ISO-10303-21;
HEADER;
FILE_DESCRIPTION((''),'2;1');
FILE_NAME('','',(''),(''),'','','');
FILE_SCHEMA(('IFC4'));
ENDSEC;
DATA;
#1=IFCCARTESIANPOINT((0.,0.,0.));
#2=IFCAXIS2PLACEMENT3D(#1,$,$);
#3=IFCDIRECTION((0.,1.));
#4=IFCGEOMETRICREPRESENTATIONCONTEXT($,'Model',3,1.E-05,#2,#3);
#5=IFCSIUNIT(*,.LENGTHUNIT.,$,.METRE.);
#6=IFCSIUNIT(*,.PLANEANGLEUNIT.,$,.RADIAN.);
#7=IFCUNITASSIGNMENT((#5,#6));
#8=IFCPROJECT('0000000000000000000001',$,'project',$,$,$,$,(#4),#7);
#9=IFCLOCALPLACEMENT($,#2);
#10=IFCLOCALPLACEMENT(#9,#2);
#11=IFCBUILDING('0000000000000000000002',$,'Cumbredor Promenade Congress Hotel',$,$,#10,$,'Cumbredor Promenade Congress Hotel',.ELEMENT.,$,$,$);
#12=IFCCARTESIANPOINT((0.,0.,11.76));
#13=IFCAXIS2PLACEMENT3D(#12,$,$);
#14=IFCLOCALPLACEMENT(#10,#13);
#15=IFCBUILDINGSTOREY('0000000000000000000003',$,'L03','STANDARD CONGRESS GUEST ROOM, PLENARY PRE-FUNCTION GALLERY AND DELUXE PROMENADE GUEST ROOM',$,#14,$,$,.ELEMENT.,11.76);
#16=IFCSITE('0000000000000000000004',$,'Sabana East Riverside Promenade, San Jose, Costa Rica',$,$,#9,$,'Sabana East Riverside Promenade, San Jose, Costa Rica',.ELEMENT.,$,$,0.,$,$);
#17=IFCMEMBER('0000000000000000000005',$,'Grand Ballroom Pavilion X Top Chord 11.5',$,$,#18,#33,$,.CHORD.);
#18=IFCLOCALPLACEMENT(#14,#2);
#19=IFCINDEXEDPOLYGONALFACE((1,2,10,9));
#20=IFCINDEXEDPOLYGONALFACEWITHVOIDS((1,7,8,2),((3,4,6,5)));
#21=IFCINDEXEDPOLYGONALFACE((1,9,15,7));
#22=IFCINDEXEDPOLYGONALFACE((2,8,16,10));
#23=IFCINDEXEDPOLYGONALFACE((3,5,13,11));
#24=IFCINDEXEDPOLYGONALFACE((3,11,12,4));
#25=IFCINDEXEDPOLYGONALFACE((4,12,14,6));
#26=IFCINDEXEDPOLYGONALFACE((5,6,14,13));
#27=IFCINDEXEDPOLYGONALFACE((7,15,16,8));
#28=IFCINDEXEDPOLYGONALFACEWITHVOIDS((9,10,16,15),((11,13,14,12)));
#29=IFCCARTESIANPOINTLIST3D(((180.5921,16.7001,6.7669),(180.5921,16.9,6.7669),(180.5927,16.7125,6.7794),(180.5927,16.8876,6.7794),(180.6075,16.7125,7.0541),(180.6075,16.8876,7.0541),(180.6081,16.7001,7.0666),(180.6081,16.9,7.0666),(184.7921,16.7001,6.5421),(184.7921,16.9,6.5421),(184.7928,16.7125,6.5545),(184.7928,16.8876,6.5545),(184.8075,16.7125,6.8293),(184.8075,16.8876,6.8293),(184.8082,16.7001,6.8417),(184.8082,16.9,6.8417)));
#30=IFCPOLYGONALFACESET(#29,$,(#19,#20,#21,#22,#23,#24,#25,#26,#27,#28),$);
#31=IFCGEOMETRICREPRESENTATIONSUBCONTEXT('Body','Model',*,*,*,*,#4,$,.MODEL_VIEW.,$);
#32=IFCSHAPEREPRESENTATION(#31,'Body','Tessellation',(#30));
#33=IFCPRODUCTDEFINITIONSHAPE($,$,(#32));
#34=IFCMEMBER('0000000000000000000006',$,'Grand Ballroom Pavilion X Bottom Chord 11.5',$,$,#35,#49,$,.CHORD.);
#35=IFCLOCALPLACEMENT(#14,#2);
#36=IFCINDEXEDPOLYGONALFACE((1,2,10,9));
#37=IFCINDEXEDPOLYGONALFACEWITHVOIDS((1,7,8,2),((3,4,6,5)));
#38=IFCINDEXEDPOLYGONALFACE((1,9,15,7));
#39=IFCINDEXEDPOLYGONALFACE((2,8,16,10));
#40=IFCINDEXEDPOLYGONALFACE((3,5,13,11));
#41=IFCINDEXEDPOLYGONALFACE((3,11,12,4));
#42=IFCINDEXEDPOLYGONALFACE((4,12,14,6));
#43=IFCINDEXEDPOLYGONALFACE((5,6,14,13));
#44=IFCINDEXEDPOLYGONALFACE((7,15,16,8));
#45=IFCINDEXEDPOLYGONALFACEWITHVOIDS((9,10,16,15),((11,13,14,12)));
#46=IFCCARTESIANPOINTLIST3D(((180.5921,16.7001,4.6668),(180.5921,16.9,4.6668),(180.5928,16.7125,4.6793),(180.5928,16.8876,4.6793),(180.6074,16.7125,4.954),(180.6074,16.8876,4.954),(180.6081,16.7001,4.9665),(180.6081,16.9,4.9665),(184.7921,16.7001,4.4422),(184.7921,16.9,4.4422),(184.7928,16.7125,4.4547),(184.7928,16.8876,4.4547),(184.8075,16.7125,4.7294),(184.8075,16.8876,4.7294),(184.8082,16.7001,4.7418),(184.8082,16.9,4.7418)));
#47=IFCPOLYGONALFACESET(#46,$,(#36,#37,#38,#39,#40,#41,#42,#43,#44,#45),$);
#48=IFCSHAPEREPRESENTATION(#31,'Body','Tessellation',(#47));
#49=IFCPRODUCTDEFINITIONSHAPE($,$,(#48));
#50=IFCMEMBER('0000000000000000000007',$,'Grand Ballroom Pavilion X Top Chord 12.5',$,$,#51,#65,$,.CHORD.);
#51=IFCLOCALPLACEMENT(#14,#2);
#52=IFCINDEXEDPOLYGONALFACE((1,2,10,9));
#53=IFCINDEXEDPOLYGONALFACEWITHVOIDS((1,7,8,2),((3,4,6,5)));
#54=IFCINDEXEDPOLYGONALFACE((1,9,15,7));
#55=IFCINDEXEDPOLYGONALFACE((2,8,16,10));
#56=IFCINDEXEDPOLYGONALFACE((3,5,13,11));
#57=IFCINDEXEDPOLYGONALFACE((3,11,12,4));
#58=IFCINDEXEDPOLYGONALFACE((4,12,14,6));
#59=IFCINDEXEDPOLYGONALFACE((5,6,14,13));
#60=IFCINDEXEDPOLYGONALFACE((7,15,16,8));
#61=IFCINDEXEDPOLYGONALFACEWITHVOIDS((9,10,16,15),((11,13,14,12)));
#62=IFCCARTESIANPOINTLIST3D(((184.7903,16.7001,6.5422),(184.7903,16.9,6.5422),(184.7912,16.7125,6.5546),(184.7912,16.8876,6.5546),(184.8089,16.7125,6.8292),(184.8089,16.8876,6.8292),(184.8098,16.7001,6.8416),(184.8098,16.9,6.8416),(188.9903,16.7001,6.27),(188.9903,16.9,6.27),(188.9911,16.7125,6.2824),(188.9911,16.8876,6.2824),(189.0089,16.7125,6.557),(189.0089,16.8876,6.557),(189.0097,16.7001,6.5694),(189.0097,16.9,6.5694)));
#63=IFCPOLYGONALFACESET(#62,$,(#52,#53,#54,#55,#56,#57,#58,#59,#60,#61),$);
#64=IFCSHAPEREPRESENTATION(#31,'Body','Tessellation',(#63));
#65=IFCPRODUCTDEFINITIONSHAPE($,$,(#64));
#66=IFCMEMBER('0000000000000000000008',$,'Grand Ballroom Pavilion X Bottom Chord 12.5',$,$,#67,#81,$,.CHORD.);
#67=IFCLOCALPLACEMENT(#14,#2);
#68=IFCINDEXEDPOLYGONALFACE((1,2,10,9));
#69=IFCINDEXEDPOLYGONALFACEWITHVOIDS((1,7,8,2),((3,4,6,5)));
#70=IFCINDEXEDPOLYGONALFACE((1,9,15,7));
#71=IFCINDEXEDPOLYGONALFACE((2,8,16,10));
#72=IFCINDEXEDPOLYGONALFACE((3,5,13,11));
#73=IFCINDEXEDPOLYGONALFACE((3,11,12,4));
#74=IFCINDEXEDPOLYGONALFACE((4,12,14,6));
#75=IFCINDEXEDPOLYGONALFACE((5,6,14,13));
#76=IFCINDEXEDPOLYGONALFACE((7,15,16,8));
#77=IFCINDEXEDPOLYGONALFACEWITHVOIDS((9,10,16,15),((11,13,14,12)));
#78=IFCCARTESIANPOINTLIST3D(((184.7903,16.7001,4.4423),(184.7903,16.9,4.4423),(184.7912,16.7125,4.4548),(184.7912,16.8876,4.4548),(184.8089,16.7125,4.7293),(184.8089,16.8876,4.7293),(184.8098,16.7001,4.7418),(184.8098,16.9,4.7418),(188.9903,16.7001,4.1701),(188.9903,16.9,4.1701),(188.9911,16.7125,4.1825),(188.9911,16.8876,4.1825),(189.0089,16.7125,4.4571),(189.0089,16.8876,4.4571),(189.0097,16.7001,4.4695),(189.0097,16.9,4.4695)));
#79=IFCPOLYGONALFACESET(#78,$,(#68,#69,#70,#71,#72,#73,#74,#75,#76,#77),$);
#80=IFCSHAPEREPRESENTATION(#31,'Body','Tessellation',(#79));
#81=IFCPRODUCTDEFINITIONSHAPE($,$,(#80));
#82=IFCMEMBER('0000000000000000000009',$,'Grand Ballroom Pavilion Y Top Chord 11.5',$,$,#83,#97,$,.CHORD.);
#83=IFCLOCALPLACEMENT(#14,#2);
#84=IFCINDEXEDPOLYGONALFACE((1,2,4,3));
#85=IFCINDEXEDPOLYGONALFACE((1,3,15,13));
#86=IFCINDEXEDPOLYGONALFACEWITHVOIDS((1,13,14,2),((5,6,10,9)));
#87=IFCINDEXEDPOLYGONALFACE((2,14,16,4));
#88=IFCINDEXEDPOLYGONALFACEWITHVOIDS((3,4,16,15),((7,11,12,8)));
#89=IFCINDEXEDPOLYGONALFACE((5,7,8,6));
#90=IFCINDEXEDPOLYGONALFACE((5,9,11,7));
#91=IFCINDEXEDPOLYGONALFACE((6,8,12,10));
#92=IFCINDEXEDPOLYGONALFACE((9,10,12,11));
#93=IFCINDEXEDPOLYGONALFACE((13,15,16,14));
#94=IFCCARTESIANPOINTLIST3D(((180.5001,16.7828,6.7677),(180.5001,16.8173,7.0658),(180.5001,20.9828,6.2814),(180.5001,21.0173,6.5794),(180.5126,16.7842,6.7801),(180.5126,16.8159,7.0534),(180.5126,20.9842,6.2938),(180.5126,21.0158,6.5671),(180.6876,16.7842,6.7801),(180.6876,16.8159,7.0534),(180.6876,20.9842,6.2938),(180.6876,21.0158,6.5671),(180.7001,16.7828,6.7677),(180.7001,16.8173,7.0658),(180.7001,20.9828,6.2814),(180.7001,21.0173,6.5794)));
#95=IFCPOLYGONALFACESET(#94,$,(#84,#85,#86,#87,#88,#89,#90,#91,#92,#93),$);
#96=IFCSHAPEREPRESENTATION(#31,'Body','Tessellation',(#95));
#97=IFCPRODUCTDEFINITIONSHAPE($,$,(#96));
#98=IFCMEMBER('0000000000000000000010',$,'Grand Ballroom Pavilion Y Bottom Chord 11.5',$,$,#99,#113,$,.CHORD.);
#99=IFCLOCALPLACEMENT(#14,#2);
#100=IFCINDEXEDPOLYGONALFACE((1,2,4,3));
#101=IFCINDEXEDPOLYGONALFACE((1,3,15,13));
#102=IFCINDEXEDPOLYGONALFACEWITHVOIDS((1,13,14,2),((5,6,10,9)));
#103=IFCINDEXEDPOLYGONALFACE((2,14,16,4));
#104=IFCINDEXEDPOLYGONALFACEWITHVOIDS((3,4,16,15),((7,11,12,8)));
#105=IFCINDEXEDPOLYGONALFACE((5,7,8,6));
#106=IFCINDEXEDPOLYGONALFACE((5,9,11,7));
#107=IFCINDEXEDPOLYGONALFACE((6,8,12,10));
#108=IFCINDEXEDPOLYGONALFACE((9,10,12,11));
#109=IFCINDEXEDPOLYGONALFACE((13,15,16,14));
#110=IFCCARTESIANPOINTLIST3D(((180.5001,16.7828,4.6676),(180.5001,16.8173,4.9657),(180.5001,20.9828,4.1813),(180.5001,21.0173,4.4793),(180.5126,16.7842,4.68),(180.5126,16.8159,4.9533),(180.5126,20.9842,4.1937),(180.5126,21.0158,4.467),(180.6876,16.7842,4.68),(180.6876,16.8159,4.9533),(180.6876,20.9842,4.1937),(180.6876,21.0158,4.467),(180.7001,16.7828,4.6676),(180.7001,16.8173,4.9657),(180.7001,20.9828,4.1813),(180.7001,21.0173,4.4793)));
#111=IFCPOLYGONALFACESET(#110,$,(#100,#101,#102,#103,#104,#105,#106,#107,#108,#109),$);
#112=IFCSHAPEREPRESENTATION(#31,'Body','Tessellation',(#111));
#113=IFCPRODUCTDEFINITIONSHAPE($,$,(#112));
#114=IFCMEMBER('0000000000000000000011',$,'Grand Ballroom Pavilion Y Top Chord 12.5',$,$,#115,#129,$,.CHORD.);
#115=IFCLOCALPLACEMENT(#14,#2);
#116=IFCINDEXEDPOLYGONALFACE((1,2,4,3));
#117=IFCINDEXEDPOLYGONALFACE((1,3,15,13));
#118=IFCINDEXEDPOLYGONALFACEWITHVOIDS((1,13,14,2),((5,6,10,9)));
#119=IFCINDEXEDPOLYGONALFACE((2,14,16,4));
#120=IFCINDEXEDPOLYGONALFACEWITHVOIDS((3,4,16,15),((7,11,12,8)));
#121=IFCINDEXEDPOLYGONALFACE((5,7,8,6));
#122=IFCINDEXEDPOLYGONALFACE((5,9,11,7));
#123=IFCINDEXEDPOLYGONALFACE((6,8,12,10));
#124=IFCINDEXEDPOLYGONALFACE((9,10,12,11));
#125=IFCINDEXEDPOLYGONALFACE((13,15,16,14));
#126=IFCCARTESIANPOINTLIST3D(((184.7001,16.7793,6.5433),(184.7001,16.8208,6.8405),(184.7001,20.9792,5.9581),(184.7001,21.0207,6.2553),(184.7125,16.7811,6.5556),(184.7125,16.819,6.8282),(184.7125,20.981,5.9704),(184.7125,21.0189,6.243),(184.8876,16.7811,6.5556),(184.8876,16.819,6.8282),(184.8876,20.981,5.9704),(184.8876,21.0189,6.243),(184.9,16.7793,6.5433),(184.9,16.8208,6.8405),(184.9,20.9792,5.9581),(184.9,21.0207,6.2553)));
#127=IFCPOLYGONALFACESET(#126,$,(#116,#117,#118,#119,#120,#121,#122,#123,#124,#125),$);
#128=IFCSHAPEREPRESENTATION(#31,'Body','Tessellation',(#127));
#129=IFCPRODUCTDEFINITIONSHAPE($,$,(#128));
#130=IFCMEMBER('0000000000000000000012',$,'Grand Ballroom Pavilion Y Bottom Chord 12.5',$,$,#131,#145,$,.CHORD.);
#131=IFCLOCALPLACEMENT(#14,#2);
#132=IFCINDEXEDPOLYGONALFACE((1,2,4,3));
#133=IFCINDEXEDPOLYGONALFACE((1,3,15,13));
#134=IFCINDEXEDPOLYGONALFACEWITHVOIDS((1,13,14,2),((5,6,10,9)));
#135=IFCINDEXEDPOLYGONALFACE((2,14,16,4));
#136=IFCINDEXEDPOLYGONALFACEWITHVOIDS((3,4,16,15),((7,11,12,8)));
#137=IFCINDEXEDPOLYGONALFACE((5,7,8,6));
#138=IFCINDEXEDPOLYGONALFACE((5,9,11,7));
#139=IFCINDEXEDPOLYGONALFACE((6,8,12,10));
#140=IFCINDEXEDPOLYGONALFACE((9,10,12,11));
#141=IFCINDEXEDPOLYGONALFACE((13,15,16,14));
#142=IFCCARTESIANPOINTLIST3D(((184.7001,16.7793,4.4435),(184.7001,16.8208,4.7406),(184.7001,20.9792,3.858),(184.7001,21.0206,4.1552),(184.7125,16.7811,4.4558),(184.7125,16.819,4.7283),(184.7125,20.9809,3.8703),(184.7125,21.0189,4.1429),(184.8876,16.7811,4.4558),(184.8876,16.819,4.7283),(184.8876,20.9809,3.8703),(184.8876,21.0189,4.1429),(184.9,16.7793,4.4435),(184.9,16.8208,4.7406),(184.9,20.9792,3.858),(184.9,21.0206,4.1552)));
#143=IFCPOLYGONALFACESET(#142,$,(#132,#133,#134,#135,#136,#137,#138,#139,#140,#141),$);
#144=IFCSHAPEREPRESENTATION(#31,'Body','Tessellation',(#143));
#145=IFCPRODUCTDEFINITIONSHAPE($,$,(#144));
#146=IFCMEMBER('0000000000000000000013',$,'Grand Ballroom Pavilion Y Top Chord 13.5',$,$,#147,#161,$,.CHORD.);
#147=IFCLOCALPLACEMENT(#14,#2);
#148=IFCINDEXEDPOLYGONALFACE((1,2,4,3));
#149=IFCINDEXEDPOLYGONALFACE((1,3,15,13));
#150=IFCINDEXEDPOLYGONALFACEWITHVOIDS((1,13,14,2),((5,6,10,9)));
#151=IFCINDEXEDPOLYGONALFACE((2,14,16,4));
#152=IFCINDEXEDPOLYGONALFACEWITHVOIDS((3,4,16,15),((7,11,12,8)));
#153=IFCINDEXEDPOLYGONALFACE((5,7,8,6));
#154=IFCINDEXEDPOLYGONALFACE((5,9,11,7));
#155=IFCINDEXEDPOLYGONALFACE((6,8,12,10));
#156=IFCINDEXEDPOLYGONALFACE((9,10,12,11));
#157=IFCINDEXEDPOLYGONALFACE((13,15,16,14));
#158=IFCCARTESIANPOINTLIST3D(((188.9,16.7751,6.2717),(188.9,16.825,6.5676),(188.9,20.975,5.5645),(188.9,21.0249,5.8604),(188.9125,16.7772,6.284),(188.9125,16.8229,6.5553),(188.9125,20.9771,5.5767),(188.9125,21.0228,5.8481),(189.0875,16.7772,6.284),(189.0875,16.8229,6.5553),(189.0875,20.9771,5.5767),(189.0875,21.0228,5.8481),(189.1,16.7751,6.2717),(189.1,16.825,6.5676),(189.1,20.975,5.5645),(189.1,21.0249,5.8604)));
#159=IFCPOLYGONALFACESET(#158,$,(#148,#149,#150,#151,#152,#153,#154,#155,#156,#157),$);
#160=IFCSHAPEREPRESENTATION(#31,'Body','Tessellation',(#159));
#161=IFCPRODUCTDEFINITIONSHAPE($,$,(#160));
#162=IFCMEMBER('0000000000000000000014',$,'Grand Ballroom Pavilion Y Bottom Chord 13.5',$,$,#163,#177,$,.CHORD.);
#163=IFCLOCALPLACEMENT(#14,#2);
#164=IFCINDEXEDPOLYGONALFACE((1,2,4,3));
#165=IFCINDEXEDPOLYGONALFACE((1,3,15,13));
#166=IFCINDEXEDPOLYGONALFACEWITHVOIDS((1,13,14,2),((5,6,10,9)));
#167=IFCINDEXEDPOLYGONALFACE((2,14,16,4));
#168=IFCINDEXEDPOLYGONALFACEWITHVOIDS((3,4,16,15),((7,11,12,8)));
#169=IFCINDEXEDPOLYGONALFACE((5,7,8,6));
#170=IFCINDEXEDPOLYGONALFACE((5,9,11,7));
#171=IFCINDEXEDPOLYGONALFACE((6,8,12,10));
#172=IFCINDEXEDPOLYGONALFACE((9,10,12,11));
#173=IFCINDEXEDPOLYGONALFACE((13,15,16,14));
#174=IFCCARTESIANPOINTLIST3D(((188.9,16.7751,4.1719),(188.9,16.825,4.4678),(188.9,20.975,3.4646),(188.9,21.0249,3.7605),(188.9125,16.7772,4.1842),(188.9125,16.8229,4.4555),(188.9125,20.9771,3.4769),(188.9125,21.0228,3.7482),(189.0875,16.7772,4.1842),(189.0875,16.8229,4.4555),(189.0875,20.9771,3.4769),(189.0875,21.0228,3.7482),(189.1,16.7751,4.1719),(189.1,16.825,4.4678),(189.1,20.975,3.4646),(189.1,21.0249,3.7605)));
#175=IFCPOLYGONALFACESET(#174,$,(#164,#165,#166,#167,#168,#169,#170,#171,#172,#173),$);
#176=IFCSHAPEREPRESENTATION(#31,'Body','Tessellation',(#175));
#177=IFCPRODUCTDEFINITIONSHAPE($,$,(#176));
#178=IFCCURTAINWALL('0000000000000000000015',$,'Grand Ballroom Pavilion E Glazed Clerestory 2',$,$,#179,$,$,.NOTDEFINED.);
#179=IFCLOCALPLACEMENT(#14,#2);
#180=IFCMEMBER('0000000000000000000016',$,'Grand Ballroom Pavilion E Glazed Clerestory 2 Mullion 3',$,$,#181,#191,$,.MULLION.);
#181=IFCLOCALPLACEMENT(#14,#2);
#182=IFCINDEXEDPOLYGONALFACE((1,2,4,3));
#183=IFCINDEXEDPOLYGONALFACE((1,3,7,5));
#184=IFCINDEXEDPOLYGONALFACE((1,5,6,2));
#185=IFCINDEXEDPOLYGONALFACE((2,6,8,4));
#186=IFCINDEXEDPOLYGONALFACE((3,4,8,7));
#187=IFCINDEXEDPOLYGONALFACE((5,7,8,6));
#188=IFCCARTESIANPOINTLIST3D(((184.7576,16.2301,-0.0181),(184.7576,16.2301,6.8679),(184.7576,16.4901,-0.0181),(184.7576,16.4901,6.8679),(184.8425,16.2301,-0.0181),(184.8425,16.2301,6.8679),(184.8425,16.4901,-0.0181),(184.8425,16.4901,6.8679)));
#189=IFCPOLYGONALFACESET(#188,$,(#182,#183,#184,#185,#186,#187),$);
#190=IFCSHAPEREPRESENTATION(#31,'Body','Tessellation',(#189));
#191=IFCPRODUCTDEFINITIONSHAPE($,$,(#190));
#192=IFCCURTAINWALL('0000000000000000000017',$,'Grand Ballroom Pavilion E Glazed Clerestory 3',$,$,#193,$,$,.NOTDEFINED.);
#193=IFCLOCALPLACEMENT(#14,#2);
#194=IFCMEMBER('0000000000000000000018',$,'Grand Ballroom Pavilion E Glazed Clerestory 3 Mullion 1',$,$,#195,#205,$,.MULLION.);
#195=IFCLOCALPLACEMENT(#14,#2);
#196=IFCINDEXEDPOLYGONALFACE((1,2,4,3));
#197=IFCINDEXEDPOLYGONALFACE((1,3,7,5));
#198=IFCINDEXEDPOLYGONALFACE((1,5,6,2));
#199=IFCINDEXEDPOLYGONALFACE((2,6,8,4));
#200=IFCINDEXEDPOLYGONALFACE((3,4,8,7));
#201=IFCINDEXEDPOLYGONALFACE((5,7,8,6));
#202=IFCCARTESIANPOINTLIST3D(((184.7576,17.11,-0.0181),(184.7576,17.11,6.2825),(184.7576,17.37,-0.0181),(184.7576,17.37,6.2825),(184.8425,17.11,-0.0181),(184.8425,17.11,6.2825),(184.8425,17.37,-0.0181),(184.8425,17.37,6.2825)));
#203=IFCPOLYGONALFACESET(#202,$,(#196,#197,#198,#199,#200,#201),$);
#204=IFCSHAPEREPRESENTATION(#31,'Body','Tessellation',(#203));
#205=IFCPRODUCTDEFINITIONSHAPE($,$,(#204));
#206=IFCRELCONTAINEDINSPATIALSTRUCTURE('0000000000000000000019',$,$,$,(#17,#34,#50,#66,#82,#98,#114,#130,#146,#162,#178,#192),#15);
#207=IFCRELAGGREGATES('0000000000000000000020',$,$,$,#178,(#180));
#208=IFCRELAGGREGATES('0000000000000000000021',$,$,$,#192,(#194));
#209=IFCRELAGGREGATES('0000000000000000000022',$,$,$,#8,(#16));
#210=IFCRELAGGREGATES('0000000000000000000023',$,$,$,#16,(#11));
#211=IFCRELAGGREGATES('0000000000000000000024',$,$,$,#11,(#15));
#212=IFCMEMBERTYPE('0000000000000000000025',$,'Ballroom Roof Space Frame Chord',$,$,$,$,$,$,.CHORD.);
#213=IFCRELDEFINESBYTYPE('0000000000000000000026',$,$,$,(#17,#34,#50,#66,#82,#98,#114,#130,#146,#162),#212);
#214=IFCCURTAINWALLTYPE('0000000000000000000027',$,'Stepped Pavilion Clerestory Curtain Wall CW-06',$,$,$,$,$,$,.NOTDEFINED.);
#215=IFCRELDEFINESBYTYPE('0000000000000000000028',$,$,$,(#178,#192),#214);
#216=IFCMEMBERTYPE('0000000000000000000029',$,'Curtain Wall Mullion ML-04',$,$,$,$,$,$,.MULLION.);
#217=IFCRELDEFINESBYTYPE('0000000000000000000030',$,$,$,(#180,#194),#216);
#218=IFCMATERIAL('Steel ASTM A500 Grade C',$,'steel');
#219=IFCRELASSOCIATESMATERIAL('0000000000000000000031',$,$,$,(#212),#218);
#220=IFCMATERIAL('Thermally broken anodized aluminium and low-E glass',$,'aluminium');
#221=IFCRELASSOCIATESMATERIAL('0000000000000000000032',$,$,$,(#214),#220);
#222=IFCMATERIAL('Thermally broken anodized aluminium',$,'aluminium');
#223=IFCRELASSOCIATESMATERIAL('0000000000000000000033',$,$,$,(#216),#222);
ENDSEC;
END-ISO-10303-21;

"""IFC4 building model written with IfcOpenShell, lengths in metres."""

from ifc_helpers import new_model, si_unit, direction, frame, origin, origin_2d, place, context, subcontext, project, spatial, rectangle, hollow_rectangle, extrude, material, material_profile, profile_set, type_object, element, aggregate, save


model = new_model("IFC4")

# Units and contexts
model_context = context("Model", 3, precision=1e-05, world=origin(), true_north=direction((0.0, 1.0)))
body_context = subcontext(model_context, "Body", "Model", "MODEL_VIEW")
ifc_project = project(units=[si_unit("LENGTHUNIT", "METRE"), si_unit("PLANEANGLEUNIT", "RADIAN")], contexts=[model_context])

# Site, building, storey
site_placement = place(None, origin())
site = spatial("IfcSite", under=ifc_project, at=site_placement, Name="Sabana East Riverside Promenade, San Jose, Costa Rica", LongName="Sabana East Riverside Promenade, San Jose, Costa Rica", CompositionType="ELEMENT", RefElevation=0.0)
building_placement = place(site_placement, origin())
building = spatial("IfcBuilding", under=site, at=building_placement, Name="Cumbredor Promenade Congress Hotel", LongName="Cumbredor Promenade Congress Hotel", CompositionType="ELEMENT")
storey_placement = place(building_placement, frame((0.0, 0.0, 11.76)))
storey = spatial("IfcBuildingStorey", under=building, at=storey_placement, Name="L03", Description="STANDARD CONGRESS GUEST ROOM, PLENARY PRE-FUNCTION GALLERY AND DELUXE PROMENADE GUEST ROOM", CompositionType="ELEMENT", Elevation=11.76)

# Members
ifc_material_1 = material(Name="Steel ASTM A500 Grade C", Category="steel")
ifc_material_profile_1 = material_profile(ifc_material_1, hollow_rectangle(XDim=0.2, YDim=0.3, WallThickness=0.0125, at=origin_2d()), Name="HSS 300x200x12.5")
ifc_profile_set_1 = profile_set([ifc_material_profile_1], Name="Steel ASTM A500 Grade C")
member_type_1 = type_object("IfcMemberType", Name="Ballroom Roof Space Frame Chord", PredefinedType="CHORD", material=ifc_profile_set_1)
for number, where, z_axis, x_axis, name in (
    (1, (180.6001, 16.8, 6.9167), (0.99857, 0.0, -0.053461), (0.0, 1.0, 0.0), "Grand Ballroom Pavilion X Top Chord 11.5"),
    (2, (180.6001, 16.8, 4.8167), (0.998573, 0.0, -0.053403), (0.0, 1.0, 0.0), "Grand Ballroom Pavilion X Bottom Chord 11.5"),
):
    element("IfcMember", number, at=place(storey_placement, frame(where, z_axis=z_axis, x_axis=x_axis)), inside=storey, type_object=member_type_1, Name=name, PredefinedType="CHORD", context=body_context, shape_type="SweptSolid", body=[
        extrude(hollow_rectangle(XDim=0.2, YDim=0.3, WallThickness=0.0125, at=origin_2d()), origin(), (0.0, 0.0, 1.0), 4.2061),
    ])
for number, where, z_axis, x_axis, name in (
    (3, (184.8, 16.8, 6.6919), (0.997906, 0.0, -0.064679), (0.0, 1.0, 0.0), "Grand Ballroom Pavilion X Top Chord 12.5"),
    (4, (184.8, 16.8, 4.592), (0.997906, 0.0, -0.064679), (0.0, 1.0, 0.0), "Grand Ballroom Pavilion X Bottom Chord 12.5"),
):
    element("IfcMember", number, at=place(storey_placement, frame(where, z_axis=z_axis, x_axis=x_axis)), inside=storey, type_object=member_type_1, Name=name, PredefinedType="CHORD", context=body_context, shape_type="SweptSolid", body=[
        extrude(hollow_rectangle(XDim=0.2, YDim=0.3, WallThickness=0.0125, at=origin_2d()), origin(), (0.0, 0.0, 1.0), 4.2087),
    ])
for number, where, z_axis, x_axis, name in (
    (5, (180.6001, 16.8, 6.9167), (0.0, 0.993363, -0.115025), (-1.0, 0.0, 0.0), "Grand Ballroom Pavilion Y Top Chord 11.5"),
    (6, (180.6001, 16.8, 4.8167), (0.0, 0.993363, -0.115025), (-1.0, 0.0, 0.0), "Grand Ballroom Pavilion Y Bottom Chord 11.5"),
):
    element("IfcMember", number, at=place(storey_placement, frame(where, z_axis=z_axis, x_axis=x_axis)), inside=storey, type_object=member_type_1, Name=name, PredefinedType="CHORD", context=body_context, shape_type="SweptSolid", body=[
        extrude(hollow_rectangle(XDim=0.2, YDim=0.3, WallThickness=0.0125, at=origin_2d()), origin(), (0.0, 0.0, 1.0), 4.228),
    ])
for number, where, z_axis, x_axis, name in (
    (7, (184.8, 16.8, 6.6919), (0.0, 0.990432, -0.138003), (-1.0, 0.0, 0.0), "Grand Ballroom Pavilion Y Top Chord 12.5"),
    (8, (184.8, 16.8, 4.592), (0.0, 0.990424, -0.138059), (-1.0, 0.0, 0.0), "Grand Ballroom Pavilion Y Bottom Chord 12.5"),
):
    element("IfcMember", number, at=place(storey_placement, frame(where, z_axis=z_axis, x_axis=x_axis)), inside=storey, type_object=member_type_1, Name=name, PredefinedType="CHORD", context=body_context, shape_type="SweptSolid", body=[
        extrude(hollow_rectangle(XDim=0.2, YDim=0.3, WallThickness=0.0125, at=origin_2d()), origin(), (0.0, 0.0, 1.0), 4.2405),
    ])
for number, where, z_axis, x_axis, name in (
    (9, (189.0, 16.8, 6.4197), (0.0, 0.986115, -0.166063), (-1.0, 0.0, 0.0), "Grand Ballroom Pavilion Y Top Chord 13.5"),
    (10, (189.0, 16.8, 4.3198), (0.0, 0.986115, -0.166063), (-1.0, 0.0, 0.0), "Grand Ballroom Pavilion Y Bottom Chord 13.5"),
):
    element("IfcMember", number, at=place(storey_placement, frame(where, z_axis=z_axis, x_axis=x_axis)), inside=storey, type_object=member_type_1, Name=name, PredefinedType="CHORD", context=body_context, shape_type="SweptSolid", body=[
        extrude(hollow_rectangle(XDim=0.2, YDim=0.3, WallThickness=0.0125, at=origin_2d()), origin(), (0.0, 0.0, 1.0), 4.259),
    ])

# Curtain wall, member
ifc_material_2 = material(Name="Thermally broken anodized aluminium and low-E glass", Category="aluminium")
curtain_wall_type = type_object("IfcCurtainWallType", Name="Stepped Pavilion Clerestory Curtain Wall CW-06", PredefinedType="NOTDEFINED", material=ifc_material_2)
curtain_wall_1_placement = place(storey_placement, origin())
curtain_wall_1 = element("IfcCurtainWall", 11, at=curtain_wall_1_placement, inside=storey, type_object=curtain_wall_type, Name="Grand Ballroom Pavilion E Glazed Clerestory 2", PredefinedType="NOTDEFINED")
ifc_material_3 = material(Name="Thermally broken anodized aluminium", Category="aluminium")
ifc_material_profile_2 = material_profile(ifc_material_3, rectangle(XDim=0.085, YDim=0.26, at=origin_2d()), Name="ALU MULLION CLERESTORY 85x260")
ifc_profile_set_2 = profile_set([ifc_material_profile_2], Name="Thermally broken anodized aluminium")
member_type_2 = type_object("IfcMemberType", Name="Curtain Wall Mullion ML-04", PredefinedType="MULLION", material=ifc_profile_set_2)
member_1_placement = place(storey_placement, frame((184.8, 16.3601, -0.0181), z_axis=(0.0, 0.0, 1.0), x_axis=(1.0, 0.0, 0.0)))
member_1 = element("IfcMember", 12, at=member_1_placement, type_object=member_type_2, Name="Grand Ballroom Pavilion E Glazed Clerestory 2 Mullion 3", PredefinedType="MULLION", context=body_context, shape_type="SweptSolid", body=[
    extrude(rectangle(XDim=0.085, YDim=0.26, at=origin_2d()), origin(), (0.0, 0.0, 1.0), 6.886),
])

# Curtain wall, member
curtain_wall_2_placement = place(storey_placement, origin())
curtain_wall_2 = element("IfcCurtainWall", 13, at=curtain_wall_2_placement, inside=storey, type_object=curtain_wall_type, Name="Grand Ballroom Pavilion E Glazed Clerestory 3", PredefinedType="NOTDEFINED")
member_2_placement = place(storey_placement, frame((184.8, 17.24, -0.0181), z_axis=(0.0, 0.0, 1.0), x_axis=(1.0, 0.0, 0.0)))
member_2 = element("IfcMember", 14, at=member_2_placement, type_object=member_type_2, Name="Grand Ballroom Pavilion E Glazed Clerestory 3 Mullion 1", PredefinedType="MULLION", context=body_context, shape_type="SweptSolid", body=[
    extrude(rectangle(XDim=0.085, YDim=0.26, at=origin_2d()), origin(), (0.0, 0.0, 1.0), 6.3005),
])

aggregate(curtain_wall_1, [member_1])
aggregate(curtain_wall_2, [member_2])

save(model, "model.ifc")
